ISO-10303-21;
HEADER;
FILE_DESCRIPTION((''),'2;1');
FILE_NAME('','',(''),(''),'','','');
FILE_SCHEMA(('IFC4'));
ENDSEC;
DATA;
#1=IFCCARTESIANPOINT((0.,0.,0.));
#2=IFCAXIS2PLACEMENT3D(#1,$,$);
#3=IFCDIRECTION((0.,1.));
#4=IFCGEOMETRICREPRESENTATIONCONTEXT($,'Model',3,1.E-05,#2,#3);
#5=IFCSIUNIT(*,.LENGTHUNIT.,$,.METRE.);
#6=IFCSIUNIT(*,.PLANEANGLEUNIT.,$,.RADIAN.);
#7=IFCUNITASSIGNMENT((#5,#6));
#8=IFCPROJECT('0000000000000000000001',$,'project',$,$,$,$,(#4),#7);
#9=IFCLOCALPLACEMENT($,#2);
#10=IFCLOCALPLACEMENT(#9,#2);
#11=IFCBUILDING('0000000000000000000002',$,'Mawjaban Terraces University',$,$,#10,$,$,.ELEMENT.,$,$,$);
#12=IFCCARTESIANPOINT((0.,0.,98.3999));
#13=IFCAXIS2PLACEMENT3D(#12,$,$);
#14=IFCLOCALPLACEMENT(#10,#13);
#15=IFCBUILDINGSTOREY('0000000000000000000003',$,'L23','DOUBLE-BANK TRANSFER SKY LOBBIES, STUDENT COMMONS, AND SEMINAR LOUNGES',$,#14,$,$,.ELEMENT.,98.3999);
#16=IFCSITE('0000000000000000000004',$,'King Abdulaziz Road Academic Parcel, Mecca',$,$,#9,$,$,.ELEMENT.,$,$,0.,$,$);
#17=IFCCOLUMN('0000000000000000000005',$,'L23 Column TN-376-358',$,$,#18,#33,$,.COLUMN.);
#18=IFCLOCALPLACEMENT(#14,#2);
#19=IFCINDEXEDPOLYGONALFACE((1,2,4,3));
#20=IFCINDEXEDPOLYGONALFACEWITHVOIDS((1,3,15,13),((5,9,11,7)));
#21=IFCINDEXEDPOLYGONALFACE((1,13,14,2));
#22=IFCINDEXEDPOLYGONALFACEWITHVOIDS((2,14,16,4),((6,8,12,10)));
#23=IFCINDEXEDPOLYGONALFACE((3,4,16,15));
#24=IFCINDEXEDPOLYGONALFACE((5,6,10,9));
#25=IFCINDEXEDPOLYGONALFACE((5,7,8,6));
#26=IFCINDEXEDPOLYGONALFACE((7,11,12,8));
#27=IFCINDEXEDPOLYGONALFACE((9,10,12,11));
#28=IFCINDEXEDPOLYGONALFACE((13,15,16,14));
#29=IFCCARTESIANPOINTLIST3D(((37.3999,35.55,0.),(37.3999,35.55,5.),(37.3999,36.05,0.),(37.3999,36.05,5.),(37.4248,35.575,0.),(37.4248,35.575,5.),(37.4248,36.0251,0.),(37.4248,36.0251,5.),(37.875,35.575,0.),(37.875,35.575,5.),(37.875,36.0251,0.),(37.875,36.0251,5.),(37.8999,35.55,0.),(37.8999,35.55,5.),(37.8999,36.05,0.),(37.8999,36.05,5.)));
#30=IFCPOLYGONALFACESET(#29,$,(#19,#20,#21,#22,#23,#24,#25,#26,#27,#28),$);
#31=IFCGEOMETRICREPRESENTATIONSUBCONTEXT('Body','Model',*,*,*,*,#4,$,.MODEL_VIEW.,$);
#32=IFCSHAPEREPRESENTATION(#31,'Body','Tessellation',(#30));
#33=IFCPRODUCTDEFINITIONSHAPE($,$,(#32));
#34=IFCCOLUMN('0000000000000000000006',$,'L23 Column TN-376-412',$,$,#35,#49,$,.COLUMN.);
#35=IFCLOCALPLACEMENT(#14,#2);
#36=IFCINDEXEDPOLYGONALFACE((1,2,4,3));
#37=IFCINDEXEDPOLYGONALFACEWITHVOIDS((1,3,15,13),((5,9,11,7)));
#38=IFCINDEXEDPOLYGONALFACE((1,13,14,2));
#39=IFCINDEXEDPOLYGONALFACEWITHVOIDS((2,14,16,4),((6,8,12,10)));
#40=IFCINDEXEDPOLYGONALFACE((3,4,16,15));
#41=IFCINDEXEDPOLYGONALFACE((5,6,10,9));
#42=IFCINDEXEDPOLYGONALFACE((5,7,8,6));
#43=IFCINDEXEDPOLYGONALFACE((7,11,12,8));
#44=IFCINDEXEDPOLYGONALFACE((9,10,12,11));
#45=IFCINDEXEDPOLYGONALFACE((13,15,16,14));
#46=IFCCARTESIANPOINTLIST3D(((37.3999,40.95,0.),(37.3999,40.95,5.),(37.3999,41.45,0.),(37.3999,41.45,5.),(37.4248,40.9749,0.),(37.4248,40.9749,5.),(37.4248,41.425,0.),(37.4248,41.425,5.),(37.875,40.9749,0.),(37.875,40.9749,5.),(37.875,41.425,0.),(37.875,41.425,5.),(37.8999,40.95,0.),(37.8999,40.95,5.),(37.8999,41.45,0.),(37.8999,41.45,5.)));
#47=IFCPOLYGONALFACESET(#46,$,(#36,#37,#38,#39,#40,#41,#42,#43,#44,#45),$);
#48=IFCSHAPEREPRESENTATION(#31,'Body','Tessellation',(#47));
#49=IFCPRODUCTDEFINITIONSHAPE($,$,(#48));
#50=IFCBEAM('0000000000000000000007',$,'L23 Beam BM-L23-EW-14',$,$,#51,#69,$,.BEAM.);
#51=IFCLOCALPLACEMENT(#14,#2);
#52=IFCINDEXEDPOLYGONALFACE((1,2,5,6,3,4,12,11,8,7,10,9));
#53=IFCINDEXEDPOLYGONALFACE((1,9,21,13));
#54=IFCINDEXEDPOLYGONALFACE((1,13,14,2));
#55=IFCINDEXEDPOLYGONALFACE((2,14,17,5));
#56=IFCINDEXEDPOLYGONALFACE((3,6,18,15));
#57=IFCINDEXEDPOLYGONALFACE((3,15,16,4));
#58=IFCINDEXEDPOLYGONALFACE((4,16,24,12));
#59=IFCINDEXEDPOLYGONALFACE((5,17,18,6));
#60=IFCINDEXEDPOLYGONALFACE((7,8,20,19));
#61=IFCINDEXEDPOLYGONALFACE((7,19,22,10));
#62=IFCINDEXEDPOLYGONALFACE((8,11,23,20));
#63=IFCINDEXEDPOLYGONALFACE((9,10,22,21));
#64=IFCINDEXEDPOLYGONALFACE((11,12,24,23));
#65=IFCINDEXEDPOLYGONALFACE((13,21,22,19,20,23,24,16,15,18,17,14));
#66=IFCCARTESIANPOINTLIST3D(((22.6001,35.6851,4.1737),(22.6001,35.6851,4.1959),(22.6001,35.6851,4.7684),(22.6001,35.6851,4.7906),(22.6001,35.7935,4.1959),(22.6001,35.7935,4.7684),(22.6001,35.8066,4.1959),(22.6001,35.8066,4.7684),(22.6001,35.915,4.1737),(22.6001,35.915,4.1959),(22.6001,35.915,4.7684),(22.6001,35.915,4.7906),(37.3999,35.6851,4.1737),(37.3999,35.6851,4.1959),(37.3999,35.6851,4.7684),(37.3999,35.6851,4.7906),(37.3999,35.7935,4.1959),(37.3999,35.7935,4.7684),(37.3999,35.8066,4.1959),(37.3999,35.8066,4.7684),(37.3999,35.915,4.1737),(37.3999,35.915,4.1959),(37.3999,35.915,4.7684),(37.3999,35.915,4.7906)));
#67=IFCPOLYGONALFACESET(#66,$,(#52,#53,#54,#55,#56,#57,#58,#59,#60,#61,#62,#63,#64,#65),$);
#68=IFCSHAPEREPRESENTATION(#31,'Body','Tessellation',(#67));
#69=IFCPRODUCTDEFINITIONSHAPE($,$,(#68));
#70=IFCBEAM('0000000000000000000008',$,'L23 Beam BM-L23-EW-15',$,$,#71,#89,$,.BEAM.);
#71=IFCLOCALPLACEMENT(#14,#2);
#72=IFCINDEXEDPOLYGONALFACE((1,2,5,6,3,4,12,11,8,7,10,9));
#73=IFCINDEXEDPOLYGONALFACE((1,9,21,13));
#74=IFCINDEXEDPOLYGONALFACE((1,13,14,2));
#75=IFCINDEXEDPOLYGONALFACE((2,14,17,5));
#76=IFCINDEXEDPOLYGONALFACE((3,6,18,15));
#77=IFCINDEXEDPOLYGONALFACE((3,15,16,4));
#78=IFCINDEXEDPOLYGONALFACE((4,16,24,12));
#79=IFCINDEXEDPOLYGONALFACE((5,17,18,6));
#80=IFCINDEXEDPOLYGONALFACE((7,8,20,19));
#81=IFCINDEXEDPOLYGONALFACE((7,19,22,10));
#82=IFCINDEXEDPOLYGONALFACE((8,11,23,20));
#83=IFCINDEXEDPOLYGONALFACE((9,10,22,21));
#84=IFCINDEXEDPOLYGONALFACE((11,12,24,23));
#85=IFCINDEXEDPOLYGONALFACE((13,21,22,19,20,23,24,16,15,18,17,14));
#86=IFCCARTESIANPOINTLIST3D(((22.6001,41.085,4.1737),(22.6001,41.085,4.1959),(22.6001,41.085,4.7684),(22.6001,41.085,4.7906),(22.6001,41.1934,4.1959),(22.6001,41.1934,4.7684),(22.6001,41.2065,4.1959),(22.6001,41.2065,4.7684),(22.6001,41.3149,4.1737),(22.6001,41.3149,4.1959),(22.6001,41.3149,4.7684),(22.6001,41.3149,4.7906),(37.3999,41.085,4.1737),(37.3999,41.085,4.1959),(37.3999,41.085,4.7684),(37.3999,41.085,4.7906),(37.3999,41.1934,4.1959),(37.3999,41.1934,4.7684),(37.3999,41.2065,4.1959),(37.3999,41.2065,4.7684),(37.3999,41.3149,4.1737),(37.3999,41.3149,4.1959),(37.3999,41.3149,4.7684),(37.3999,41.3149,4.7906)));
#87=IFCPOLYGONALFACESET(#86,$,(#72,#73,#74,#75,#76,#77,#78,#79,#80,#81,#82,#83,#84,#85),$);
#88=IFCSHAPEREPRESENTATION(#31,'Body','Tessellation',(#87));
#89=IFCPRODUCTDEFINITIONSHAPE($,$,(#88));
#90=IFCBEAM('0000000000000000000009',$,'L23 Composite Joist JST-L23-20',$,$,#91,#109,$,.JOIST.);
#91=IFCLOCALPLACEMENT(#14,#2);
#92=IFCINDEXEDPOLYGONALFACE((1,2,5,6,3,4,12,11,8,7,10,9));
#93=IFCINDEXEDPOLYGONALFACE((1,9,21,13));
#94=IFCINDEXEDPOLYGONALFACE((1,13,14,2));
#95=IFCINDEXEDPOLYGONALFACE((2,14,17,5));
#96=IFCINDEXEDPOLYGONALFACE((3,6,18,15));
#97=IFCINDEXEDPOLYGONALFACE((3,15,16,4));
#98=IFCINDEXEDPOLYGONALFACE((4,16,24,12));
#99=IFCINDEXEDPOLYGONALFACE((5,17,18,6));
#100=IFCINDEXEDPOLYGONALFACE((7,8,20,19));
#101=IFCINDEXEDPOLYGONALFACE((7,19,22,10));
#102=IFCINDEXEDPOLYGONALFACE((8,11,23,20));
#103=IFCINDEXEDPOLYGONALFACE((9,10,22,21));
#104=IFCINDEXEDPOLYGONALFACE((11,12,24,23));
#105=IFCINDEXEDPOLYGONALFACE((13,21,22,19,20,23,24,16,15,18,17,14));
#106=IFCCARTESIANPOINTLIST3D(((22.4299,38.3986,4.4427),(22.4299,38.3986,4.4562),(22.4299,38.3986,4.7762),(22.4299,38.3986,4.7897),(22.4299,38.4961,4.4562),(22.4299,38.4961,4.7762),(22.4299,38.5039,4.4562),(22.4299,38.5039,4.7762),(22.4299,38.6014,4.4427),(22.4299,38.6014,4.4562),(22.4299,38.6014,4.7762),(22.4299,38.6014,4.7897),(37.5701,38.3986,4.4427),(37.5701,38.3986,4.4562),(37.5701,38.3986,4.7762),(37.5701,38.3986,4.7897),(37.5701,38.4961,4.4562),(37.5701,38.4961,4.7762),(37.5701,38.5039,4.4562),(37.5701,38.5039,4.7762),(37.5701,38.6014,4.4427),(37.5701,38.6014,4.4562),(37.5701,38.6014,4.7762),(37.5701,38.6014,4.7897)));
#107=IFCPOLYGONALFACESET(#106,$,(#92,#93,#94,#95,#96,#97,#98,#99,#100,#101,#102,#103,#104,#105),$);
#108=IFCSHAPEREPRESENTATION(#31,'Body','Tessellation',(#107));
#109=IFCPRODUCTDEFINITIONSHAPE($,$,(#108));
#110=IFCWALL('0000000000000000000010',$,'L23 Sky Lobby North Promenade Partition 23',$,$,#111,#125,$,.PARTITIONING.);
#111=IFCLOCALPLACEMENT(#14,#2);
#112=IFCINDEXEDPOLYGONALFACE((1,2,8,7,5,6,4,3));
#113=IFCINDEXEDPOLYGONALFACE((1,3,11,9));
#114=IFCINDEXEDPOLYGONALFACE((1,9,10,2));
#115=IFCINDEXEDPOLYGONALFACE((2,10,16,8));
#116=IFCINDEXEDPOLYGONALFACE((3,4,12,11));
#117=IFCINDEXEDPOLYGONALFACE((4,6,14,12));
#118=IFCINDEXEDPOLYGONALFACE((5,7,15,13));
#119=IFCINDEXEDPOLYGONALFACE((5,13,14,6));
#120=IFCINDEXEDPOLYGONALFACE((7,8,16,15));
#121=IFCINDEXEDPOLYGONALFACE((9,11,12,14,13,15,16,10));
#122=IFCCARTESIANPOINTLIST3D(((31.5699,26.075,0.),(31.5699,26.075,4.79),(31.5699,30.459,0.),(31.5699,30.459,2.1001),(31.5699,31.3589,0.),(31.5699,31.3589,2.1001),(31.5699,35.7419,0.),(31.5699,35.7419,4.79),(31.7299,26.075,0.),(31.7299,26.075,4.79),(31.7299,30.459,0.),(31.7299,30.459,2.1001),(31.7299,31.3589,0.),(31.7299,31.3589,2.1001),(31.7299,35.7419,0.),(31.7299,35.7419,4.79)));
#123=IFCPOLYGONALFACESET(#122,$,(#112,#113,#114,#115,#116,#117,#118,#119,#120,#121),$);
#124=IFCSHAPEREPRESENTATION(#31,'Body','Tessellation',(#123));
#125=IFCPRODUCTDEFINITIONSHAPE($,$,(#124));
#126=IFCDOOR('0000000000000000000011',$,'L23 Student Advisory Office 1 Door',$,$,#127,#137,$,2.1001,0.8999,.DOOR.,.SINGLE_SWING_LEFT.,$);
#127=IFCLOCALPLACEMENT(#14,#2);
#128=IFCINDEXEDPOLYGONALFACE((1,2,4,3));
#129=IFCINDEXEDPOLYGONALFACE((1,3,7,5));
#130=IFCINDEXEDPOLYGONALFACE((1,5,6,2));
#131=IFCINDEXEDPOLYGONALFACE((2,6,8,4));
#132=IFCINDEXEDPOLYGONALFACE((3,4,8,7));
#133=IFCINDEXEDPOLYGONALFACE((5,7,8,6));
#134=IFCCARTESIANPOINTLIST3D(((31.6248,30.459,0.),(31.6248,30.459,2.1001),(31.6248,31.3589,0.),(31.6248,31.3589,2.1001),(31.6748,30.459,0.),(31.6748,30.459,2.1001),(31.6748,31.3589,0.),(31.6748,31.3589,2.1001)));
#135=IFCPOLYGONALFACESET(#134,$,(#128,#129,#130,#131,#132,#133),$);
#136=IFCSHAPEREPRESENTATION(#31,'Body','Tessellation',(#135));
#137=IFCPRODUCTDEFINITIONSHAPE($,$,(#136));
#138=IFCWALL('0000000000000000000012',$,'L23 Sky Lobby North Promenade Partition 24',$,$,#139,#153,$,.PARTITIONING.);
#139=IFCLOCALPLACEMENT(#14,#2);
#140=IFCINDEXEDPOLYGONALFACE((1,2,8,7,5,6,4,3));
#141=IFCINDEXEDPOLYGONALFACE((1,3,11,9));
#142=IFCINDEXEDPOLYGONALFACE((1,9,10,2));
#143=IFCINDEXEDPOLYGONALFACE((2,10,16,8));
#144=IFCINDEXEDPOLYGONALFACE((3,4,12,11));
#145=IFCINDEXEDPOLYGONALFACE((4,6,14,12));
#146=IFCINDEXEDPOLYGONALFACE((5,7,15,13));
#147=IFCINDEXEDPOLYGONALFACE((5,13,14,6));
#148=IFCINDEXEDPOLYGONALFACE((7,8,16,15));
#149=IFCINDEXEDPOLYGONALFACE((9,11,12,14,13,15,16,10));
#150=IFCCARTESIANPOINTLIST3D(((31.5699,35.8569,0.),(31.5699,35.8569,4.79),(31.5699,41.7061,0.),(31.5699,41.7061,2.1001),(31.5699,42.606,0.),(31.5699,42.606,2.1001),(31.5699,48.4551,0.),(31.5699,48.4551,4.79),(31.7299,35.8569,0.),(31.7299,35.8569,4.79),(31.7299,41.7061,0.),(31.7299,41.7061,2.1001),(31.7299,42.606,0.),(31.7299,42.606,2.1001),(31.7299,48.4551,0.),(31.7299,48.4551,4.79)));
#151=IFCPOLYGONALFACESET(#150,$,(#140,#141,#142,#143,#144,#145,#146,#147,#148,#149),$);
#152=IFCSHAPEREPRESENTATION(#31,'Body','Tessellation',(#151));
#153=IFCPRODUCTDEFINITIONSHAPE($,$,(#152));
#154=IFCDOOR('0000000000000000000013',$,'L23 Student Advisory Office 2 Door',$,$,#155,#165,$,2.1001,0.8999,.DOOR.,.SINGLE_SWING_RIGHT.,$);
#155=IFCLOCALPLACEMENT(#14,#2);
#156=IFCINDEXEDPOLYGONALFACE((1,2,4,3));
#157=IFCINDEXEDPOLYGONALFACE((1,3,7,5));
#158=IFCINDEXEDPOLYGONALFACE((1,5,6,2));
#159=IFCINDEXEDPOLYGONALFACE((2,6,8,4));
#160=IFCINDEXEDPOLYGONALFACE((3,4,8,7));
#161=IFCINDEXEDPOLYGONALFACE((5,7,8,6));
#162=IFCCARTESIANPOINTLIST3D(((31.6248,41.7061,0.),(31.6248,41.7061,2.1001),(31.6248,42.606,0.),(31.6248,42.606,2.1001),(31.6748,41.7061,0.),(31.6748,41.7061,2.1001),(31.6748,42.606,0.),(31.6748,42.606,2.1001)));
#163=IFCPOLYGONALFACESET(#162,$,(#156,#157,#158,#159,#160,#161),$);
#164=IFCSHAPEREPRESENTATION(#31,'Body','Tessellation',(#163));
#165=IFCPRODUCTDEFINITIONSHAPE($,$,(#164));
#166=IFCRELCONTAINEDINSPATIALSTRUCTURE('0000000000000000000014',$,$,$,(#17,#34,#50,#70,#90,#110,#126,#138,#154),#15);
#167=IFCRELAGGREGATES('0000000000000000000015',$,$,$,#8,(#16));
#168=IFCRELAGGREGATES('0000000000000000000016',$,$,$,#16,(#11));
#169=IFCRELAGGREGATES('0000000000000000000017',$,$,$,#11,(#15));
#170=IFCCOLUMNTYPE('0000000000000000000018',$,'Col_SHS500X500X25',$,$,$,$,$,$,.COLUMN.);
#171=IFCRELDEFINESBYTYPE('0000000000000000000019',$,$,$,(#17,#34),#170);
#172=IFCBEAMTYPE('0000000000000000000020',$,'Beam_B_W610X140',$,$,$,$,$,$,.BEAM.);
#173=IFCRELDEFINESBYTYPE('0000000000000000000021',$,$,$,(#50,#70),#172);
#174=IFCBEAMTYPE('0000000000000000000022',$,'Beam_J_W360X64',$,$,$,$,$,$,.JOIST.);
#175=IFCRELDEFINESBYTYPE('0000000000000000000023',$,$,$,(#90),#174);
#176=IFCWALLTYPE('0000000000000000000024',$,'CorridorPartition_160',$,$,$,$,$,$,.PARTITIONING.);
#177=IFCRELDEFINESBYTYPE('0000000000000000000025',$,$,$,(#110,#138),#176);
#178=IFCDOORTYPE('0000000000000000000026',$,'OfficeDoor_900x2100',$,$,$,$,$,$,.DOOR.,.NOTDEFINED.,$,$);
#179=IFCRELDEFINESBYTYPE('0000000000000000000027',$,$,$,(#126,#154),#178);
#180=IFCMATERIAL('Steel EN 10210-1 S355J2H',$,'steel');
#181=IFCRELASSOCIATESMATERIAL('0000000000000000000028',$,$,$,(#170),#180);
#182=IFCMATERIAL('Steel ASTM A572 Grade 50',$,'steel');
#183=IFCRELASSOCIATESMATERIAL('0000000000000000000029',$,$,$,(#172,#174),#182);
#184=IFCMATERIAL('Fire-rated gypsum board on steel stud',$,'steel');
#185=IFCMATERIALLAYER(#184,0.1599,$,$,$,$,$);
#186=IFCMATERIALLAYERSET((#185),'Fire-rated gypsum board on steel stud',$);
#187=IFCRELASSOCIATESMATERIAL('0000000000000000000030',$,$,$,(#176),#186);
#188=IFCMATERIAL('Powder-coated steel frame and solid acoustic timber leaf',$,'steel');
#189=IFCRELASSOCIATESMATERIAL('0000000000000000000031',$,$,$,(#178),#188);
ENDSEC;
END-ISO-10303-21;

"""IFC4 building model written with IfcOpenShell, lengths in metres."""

from ifc_helpers import new_model, si_unit, direction, frame, frame_2d, origin, origin_2d, place, context, subcontext, project, spatial, rectangle, hollow_rectangle, i_section, extrude, material, layer, layer_set, material_profile, profile_set, type_object, element, fill, save


model = new_model("IFC4")

# Units and contexts
model_context = context("Model", 3, precision=1e-05, world=origin(), true_north=direction((0.0, 1.0)))
body_context = subcontext(model_context, "Body", "Model", "MODEL_VIEW")
ifc_project = project(units=[si_unit("LENGTHUNIT", "METRE"), si_unit("PLANEANGLEUNIT", "RADIAN")], contexts=[model_context])

# Site, building, storey
site_placement = place(None, origin())
site = spatial("IfcSite", under=ifc_project, at=site_placement, Name="King Abdulaziz Road Academic Parcel, Mecca", CompositionType="ELEMENT", RefElevation=0.0)
building_placement = place(site_placement, origin())
building = spatial("IfcBuilding", under=site, at=building_placement, Name="Mawjaban Terraces University", CompositionType="ELEMENT")
storey_placement = place(building_placement, frame((0.0, 0.0, 98.3999)))
storey = spatial("IfcBuildingStorey", under=building, at=storey_placement, Name="L23", Description="DOUBLE-BANK TRANSFER SKY LOBBIES, STUDENT COMMONS, AND SEMINAR LOUNGES", CompositionType="ELEMENT", Elevation=98.3999)

# Columns
ifc_material_1 = material(Name="Steel EN 10210-1 S355J2H", Category="steel")
ifc_material_profile_1 = material_profile(ifc_material_1, hollow_rectangle(XDim=0.5, YDim=0.5, WallThickness=0.0249, at=origin_2d()), Name="SHS500X500X25")
ifc_profile_set_1 = profile_set([ifc_material_profile_1], Name="Steel EN 10210-1 S355J2H")
column_type = type_object("IfcColumnType", Name="Col_SHS500X500X25", PredefinedType="COLUMN", material=ifc_profile_set_1)
for number, where, z_axis, x_axis, name in (
    (1, (37.6499, 35.8, 0.0), (0.0, 0.0, 1.0), (1.0, 0.0, 0.0), "L23 Column TN-376-358"),
    (2, (37.6499, 41.2, 0.0), (0.0, 0.0, 1.0), (1.0, 0.0, 0.0), "L23 Column TN-376-412"),
):
    element("IfcColumn", number, at=place(storey_placement, frame(where, z_axis=z_axis, x_axis=x_axis)), inside=storey, type_object=column_type, Name=name, PredefinedType="COLUMN", context=body_context, shape_type="SweptSolid", body=[
        extrude(hollow_rectangle(XDim=0.5, YDim=0.5, WallThickness=0.0249, at=origin_2d()), origin(), (0.0, 0.0, 1.0), 5.0),
    ])

# Beams
ifc_material_2 = material(Name="Steel ASTM A572 Grade 50", Category="steel")
ifc_material_profile_2 = material_profile(ifc_material_2, i_section(OverallWidth=0.23, OverallDepth=0.6169, WebThickness=0.0132, FlangeThickness=0.0222, at=origin_2d()), Name="W610X140")
ifc_profile_set_2 = profile_set([ifc_material_profile_2], Name="Steel ASTM A572 Grade 50")
beam_type_1 = type_object("IfcBeamType", Name="Beam_B_W610X140", PredefinedType="BEAM", material=ifc_profile_set_2)
for number, where, z_axis, x_axis, name in (
    (3, (22.6001, 35.8, 4.4822), (1.0, 0.0, 0.0), (0.0, 1.0, 0.0), "L23 Beam BM-L23-EW-14"),
    (4, (22.6001, 41.2, 4.4822), (1.0, 0.0, 0.0), (0.0, 1.0, 0.0), "L23 Beam BM-L23-EW-15"),
):
    element("IfcBeam", number, at=place(storey_placement, frame(where, z_axis=z_axis, x_axis=x_axis)), inside=storey, type_object=beam_type_1, Name=name, PredefinedType="BEAM", context=body_context, shape_type="SweptSolid", body=[
        extrude(i_section(OverallWidth=0.23, OverallDepth=0.6169, WebThickness=0.0132, FlangeThickness=0.0222, at=origin_2d()), origin(), (0.0, 0.0, 1.0), 14.7998),
    ])
ifc_material_profile_3 = material_profile(ifc_material_2, i_section(OverallWidth=0.2029, OverallDepth=0.3469, WebThickness=0.0078, FlangeThickness=0.0134, at=origin_2d()), Name="W360X64")
ifc_profile_set_3 = profile_set([ifc_material_profile_3], Name="Steel ASTM A572 Grade 50")
beam_type_2 = type_object("IfcBeamType", Name="Beam_J_W360X64", PredefinedType="JOIST", material=ifc_profile_set_3)
beam_placement = place(storey_placement, frame((22.4299, 38.5, 4.6162), z_axis=(1.0, 0.0, 0.0), x_axis=(0.0, 1.0, 0.0)))
element("IfcBeam", 5, at=beam_placement, inside=storey, type_object=beam_type_2, Name="L23 Composite Joist JST-L23-20", PredefinedType="JOIST", context=body_context, shape_type="SweptSolid", body=[
    extrude(i_section(OverallWidth=0.2029, OverallDepth=0.3469, WebThickness=0.0078, FlangeThickness=0.0134, at=origin_2d()), origin(), (0.0, 0.0, 1.0), 15.1401),
])

# Walls, openings, doors
ifc_material_3 = material(Name="Fire-rated gypsum board on steel stud", Category="steel")
ifc_layer_1 = layer(ifc_material_3, 0.1599)
ifc_layer_set_1 = layer_set([ifc_layer_1], Name="Fire-rated gypsum board on steel stud")
wall_type_1 = type_object("IfcWallType", Name="CorridorPartition_160", PredefinedType="PARTITIONING", material=ifc_layer_set_1)
wall_1_placement = place(storey_placement, frame((31.6499, 35.7419, 0.0), z_axis=(0.0, 0.0, 1.0), x_axis=(0.0, -1.0, 0.0)))
wall_1 = element("IfcWall", 6, at=wall_1_placement, inside=storey, type_object=wall_type_1, Name="L23 Sky Lobby North Promenade Partition 23", PredefinedType="PARTITIONING", context=body_context, shape_type="SweptSolid", body=[
    extrude(rectangle(XDim=9.667, YDim=0.1599, at=frame_2d((4.8335, 0.0))), origin(), (0.0, 0.0, 1.0), 4.79),
])
opening_1_placement = place(wall_1_placement, frame((4.3831, 0.0, 0.0)))
opening_1 = element("IfcOpeningElement", 7, at=opening_1_placement, cuts=wall_1, PredefinedType="OPENING", context=body_context, shape_type="SweptSolid", body=[
    extrude(rectangle(XDim=0.8999, YDim=2.1001, at=frame_2d((0.45, 1.05))), frame((0.0, 0.0898, 0.0), z_axis=(0.0, -1.0, 0.0), x_axis=(1.0, 0.0, 0.0)), (0.0, 0.0, 1.0), 0.1799),
])
ifc_material_4 = material(Name="Powder-coated steel frame and solid acoustic timber leaf", Category="steel")
door_type_1 = type_object("IfcDoorType", Name="OfficeDoor_900x2100", OperationType="NOTDEFINED", PredefinedType="DOOR", material=ifc_material_4)
door_1_placement = place(opening_1_placement, origin())
door_1 = element("IfcDoor", 8, at=door_1_placement, inside=storey, type_object=door_type_1, Name="L23 Student Advisory Office 1 Door", OperationType="SINGLE_SWING_LEFT", OverallHeight=2.1001, OverallWidth=0.8999, PredefinedType="DOOR", context=body_context, shape_type="SweptSolid", body=[
    extrude(rectangle(XDim=0.8999, YDim=2.1001, at=frame_2d((0.45, 1.05))), frame((0.0, 0.0249, 0.0), z_axis=(0.0, -1.0, 0.0), x_axis=(1.0, 0.0, 0.0)), (0.0, 0.0, 1.0), 0.05),
])
fill(opening_1, door_1)
wall_2_placement = place(storey_placement, frame((31.6499, 48.4551, 0.0), z_axis=(0.0, 0.0, 1.0), x_axis=(0.0, -1.0, 0.0)))
wall_2 = element("IfcWall", 9, at=wall_2_placement, inside=storey, type_object=wall_type_1, Name="L23 Sky Lobby North Promenade Partition 24", PredefinedType="PARTITIONING", context=body_context, shape_type="SweptSolid", body=[
    extrude(rectangle(XDim=12.5981, YDim=0.1599, at=frame_2d((6.2991, 0.0))), origin(), (0.0, 0.0, 1.0), 4.79),
])
opening_2_placement = place(wall_2_placement, frame((5.8491, 0.0, 0.0)))
opening_2 = element("IfcOpeningElement", 10, at=opening_2_placement, cuts=wall_2, PredefinedType="OPENING", context=body_context, shape_type="SweptSolid", body=[
    extrude(rectangle(XDim=0.8999, YDim=2.1001, at=frame_2d((0.45, 1.05))), frame((0.0, 0.0898, 0.0), z_axis=(0.0, -1.0, 0.0), x_axis=(1.0, 0.0, 0.0)), (0.0, 0.0, 1.0), 0.1799),
])
door_2_placement = place(opening_2_placement, origin())
door_2 = element("IfcDoor", 11, at=door_2_placement, inside=storey, type_object=door_type_1, Name="L23 Student Advisory Office 2 Door", OperationType="SINGLE_SWING_RIGHT", OverallHeight=2.1001, OverallWidth=0.8999, PredefinedType="DOOR", context=body_context, shape_type="SweptSolid", body=[
    extrude(rectangle(XDim=0.8999, YDim=2.1001, at=frame_2d((0.45, 1.05))), frame((0.0, 0.0249, 0.0), z_axis=(0.0, -1.0, 0.0), x_axis=(1.0, 0.0, 0.0)), (0.0, 0.0, 1.0), 0.05),
])
fill(opening_2, door_2)

save(model, "model.ifc")
